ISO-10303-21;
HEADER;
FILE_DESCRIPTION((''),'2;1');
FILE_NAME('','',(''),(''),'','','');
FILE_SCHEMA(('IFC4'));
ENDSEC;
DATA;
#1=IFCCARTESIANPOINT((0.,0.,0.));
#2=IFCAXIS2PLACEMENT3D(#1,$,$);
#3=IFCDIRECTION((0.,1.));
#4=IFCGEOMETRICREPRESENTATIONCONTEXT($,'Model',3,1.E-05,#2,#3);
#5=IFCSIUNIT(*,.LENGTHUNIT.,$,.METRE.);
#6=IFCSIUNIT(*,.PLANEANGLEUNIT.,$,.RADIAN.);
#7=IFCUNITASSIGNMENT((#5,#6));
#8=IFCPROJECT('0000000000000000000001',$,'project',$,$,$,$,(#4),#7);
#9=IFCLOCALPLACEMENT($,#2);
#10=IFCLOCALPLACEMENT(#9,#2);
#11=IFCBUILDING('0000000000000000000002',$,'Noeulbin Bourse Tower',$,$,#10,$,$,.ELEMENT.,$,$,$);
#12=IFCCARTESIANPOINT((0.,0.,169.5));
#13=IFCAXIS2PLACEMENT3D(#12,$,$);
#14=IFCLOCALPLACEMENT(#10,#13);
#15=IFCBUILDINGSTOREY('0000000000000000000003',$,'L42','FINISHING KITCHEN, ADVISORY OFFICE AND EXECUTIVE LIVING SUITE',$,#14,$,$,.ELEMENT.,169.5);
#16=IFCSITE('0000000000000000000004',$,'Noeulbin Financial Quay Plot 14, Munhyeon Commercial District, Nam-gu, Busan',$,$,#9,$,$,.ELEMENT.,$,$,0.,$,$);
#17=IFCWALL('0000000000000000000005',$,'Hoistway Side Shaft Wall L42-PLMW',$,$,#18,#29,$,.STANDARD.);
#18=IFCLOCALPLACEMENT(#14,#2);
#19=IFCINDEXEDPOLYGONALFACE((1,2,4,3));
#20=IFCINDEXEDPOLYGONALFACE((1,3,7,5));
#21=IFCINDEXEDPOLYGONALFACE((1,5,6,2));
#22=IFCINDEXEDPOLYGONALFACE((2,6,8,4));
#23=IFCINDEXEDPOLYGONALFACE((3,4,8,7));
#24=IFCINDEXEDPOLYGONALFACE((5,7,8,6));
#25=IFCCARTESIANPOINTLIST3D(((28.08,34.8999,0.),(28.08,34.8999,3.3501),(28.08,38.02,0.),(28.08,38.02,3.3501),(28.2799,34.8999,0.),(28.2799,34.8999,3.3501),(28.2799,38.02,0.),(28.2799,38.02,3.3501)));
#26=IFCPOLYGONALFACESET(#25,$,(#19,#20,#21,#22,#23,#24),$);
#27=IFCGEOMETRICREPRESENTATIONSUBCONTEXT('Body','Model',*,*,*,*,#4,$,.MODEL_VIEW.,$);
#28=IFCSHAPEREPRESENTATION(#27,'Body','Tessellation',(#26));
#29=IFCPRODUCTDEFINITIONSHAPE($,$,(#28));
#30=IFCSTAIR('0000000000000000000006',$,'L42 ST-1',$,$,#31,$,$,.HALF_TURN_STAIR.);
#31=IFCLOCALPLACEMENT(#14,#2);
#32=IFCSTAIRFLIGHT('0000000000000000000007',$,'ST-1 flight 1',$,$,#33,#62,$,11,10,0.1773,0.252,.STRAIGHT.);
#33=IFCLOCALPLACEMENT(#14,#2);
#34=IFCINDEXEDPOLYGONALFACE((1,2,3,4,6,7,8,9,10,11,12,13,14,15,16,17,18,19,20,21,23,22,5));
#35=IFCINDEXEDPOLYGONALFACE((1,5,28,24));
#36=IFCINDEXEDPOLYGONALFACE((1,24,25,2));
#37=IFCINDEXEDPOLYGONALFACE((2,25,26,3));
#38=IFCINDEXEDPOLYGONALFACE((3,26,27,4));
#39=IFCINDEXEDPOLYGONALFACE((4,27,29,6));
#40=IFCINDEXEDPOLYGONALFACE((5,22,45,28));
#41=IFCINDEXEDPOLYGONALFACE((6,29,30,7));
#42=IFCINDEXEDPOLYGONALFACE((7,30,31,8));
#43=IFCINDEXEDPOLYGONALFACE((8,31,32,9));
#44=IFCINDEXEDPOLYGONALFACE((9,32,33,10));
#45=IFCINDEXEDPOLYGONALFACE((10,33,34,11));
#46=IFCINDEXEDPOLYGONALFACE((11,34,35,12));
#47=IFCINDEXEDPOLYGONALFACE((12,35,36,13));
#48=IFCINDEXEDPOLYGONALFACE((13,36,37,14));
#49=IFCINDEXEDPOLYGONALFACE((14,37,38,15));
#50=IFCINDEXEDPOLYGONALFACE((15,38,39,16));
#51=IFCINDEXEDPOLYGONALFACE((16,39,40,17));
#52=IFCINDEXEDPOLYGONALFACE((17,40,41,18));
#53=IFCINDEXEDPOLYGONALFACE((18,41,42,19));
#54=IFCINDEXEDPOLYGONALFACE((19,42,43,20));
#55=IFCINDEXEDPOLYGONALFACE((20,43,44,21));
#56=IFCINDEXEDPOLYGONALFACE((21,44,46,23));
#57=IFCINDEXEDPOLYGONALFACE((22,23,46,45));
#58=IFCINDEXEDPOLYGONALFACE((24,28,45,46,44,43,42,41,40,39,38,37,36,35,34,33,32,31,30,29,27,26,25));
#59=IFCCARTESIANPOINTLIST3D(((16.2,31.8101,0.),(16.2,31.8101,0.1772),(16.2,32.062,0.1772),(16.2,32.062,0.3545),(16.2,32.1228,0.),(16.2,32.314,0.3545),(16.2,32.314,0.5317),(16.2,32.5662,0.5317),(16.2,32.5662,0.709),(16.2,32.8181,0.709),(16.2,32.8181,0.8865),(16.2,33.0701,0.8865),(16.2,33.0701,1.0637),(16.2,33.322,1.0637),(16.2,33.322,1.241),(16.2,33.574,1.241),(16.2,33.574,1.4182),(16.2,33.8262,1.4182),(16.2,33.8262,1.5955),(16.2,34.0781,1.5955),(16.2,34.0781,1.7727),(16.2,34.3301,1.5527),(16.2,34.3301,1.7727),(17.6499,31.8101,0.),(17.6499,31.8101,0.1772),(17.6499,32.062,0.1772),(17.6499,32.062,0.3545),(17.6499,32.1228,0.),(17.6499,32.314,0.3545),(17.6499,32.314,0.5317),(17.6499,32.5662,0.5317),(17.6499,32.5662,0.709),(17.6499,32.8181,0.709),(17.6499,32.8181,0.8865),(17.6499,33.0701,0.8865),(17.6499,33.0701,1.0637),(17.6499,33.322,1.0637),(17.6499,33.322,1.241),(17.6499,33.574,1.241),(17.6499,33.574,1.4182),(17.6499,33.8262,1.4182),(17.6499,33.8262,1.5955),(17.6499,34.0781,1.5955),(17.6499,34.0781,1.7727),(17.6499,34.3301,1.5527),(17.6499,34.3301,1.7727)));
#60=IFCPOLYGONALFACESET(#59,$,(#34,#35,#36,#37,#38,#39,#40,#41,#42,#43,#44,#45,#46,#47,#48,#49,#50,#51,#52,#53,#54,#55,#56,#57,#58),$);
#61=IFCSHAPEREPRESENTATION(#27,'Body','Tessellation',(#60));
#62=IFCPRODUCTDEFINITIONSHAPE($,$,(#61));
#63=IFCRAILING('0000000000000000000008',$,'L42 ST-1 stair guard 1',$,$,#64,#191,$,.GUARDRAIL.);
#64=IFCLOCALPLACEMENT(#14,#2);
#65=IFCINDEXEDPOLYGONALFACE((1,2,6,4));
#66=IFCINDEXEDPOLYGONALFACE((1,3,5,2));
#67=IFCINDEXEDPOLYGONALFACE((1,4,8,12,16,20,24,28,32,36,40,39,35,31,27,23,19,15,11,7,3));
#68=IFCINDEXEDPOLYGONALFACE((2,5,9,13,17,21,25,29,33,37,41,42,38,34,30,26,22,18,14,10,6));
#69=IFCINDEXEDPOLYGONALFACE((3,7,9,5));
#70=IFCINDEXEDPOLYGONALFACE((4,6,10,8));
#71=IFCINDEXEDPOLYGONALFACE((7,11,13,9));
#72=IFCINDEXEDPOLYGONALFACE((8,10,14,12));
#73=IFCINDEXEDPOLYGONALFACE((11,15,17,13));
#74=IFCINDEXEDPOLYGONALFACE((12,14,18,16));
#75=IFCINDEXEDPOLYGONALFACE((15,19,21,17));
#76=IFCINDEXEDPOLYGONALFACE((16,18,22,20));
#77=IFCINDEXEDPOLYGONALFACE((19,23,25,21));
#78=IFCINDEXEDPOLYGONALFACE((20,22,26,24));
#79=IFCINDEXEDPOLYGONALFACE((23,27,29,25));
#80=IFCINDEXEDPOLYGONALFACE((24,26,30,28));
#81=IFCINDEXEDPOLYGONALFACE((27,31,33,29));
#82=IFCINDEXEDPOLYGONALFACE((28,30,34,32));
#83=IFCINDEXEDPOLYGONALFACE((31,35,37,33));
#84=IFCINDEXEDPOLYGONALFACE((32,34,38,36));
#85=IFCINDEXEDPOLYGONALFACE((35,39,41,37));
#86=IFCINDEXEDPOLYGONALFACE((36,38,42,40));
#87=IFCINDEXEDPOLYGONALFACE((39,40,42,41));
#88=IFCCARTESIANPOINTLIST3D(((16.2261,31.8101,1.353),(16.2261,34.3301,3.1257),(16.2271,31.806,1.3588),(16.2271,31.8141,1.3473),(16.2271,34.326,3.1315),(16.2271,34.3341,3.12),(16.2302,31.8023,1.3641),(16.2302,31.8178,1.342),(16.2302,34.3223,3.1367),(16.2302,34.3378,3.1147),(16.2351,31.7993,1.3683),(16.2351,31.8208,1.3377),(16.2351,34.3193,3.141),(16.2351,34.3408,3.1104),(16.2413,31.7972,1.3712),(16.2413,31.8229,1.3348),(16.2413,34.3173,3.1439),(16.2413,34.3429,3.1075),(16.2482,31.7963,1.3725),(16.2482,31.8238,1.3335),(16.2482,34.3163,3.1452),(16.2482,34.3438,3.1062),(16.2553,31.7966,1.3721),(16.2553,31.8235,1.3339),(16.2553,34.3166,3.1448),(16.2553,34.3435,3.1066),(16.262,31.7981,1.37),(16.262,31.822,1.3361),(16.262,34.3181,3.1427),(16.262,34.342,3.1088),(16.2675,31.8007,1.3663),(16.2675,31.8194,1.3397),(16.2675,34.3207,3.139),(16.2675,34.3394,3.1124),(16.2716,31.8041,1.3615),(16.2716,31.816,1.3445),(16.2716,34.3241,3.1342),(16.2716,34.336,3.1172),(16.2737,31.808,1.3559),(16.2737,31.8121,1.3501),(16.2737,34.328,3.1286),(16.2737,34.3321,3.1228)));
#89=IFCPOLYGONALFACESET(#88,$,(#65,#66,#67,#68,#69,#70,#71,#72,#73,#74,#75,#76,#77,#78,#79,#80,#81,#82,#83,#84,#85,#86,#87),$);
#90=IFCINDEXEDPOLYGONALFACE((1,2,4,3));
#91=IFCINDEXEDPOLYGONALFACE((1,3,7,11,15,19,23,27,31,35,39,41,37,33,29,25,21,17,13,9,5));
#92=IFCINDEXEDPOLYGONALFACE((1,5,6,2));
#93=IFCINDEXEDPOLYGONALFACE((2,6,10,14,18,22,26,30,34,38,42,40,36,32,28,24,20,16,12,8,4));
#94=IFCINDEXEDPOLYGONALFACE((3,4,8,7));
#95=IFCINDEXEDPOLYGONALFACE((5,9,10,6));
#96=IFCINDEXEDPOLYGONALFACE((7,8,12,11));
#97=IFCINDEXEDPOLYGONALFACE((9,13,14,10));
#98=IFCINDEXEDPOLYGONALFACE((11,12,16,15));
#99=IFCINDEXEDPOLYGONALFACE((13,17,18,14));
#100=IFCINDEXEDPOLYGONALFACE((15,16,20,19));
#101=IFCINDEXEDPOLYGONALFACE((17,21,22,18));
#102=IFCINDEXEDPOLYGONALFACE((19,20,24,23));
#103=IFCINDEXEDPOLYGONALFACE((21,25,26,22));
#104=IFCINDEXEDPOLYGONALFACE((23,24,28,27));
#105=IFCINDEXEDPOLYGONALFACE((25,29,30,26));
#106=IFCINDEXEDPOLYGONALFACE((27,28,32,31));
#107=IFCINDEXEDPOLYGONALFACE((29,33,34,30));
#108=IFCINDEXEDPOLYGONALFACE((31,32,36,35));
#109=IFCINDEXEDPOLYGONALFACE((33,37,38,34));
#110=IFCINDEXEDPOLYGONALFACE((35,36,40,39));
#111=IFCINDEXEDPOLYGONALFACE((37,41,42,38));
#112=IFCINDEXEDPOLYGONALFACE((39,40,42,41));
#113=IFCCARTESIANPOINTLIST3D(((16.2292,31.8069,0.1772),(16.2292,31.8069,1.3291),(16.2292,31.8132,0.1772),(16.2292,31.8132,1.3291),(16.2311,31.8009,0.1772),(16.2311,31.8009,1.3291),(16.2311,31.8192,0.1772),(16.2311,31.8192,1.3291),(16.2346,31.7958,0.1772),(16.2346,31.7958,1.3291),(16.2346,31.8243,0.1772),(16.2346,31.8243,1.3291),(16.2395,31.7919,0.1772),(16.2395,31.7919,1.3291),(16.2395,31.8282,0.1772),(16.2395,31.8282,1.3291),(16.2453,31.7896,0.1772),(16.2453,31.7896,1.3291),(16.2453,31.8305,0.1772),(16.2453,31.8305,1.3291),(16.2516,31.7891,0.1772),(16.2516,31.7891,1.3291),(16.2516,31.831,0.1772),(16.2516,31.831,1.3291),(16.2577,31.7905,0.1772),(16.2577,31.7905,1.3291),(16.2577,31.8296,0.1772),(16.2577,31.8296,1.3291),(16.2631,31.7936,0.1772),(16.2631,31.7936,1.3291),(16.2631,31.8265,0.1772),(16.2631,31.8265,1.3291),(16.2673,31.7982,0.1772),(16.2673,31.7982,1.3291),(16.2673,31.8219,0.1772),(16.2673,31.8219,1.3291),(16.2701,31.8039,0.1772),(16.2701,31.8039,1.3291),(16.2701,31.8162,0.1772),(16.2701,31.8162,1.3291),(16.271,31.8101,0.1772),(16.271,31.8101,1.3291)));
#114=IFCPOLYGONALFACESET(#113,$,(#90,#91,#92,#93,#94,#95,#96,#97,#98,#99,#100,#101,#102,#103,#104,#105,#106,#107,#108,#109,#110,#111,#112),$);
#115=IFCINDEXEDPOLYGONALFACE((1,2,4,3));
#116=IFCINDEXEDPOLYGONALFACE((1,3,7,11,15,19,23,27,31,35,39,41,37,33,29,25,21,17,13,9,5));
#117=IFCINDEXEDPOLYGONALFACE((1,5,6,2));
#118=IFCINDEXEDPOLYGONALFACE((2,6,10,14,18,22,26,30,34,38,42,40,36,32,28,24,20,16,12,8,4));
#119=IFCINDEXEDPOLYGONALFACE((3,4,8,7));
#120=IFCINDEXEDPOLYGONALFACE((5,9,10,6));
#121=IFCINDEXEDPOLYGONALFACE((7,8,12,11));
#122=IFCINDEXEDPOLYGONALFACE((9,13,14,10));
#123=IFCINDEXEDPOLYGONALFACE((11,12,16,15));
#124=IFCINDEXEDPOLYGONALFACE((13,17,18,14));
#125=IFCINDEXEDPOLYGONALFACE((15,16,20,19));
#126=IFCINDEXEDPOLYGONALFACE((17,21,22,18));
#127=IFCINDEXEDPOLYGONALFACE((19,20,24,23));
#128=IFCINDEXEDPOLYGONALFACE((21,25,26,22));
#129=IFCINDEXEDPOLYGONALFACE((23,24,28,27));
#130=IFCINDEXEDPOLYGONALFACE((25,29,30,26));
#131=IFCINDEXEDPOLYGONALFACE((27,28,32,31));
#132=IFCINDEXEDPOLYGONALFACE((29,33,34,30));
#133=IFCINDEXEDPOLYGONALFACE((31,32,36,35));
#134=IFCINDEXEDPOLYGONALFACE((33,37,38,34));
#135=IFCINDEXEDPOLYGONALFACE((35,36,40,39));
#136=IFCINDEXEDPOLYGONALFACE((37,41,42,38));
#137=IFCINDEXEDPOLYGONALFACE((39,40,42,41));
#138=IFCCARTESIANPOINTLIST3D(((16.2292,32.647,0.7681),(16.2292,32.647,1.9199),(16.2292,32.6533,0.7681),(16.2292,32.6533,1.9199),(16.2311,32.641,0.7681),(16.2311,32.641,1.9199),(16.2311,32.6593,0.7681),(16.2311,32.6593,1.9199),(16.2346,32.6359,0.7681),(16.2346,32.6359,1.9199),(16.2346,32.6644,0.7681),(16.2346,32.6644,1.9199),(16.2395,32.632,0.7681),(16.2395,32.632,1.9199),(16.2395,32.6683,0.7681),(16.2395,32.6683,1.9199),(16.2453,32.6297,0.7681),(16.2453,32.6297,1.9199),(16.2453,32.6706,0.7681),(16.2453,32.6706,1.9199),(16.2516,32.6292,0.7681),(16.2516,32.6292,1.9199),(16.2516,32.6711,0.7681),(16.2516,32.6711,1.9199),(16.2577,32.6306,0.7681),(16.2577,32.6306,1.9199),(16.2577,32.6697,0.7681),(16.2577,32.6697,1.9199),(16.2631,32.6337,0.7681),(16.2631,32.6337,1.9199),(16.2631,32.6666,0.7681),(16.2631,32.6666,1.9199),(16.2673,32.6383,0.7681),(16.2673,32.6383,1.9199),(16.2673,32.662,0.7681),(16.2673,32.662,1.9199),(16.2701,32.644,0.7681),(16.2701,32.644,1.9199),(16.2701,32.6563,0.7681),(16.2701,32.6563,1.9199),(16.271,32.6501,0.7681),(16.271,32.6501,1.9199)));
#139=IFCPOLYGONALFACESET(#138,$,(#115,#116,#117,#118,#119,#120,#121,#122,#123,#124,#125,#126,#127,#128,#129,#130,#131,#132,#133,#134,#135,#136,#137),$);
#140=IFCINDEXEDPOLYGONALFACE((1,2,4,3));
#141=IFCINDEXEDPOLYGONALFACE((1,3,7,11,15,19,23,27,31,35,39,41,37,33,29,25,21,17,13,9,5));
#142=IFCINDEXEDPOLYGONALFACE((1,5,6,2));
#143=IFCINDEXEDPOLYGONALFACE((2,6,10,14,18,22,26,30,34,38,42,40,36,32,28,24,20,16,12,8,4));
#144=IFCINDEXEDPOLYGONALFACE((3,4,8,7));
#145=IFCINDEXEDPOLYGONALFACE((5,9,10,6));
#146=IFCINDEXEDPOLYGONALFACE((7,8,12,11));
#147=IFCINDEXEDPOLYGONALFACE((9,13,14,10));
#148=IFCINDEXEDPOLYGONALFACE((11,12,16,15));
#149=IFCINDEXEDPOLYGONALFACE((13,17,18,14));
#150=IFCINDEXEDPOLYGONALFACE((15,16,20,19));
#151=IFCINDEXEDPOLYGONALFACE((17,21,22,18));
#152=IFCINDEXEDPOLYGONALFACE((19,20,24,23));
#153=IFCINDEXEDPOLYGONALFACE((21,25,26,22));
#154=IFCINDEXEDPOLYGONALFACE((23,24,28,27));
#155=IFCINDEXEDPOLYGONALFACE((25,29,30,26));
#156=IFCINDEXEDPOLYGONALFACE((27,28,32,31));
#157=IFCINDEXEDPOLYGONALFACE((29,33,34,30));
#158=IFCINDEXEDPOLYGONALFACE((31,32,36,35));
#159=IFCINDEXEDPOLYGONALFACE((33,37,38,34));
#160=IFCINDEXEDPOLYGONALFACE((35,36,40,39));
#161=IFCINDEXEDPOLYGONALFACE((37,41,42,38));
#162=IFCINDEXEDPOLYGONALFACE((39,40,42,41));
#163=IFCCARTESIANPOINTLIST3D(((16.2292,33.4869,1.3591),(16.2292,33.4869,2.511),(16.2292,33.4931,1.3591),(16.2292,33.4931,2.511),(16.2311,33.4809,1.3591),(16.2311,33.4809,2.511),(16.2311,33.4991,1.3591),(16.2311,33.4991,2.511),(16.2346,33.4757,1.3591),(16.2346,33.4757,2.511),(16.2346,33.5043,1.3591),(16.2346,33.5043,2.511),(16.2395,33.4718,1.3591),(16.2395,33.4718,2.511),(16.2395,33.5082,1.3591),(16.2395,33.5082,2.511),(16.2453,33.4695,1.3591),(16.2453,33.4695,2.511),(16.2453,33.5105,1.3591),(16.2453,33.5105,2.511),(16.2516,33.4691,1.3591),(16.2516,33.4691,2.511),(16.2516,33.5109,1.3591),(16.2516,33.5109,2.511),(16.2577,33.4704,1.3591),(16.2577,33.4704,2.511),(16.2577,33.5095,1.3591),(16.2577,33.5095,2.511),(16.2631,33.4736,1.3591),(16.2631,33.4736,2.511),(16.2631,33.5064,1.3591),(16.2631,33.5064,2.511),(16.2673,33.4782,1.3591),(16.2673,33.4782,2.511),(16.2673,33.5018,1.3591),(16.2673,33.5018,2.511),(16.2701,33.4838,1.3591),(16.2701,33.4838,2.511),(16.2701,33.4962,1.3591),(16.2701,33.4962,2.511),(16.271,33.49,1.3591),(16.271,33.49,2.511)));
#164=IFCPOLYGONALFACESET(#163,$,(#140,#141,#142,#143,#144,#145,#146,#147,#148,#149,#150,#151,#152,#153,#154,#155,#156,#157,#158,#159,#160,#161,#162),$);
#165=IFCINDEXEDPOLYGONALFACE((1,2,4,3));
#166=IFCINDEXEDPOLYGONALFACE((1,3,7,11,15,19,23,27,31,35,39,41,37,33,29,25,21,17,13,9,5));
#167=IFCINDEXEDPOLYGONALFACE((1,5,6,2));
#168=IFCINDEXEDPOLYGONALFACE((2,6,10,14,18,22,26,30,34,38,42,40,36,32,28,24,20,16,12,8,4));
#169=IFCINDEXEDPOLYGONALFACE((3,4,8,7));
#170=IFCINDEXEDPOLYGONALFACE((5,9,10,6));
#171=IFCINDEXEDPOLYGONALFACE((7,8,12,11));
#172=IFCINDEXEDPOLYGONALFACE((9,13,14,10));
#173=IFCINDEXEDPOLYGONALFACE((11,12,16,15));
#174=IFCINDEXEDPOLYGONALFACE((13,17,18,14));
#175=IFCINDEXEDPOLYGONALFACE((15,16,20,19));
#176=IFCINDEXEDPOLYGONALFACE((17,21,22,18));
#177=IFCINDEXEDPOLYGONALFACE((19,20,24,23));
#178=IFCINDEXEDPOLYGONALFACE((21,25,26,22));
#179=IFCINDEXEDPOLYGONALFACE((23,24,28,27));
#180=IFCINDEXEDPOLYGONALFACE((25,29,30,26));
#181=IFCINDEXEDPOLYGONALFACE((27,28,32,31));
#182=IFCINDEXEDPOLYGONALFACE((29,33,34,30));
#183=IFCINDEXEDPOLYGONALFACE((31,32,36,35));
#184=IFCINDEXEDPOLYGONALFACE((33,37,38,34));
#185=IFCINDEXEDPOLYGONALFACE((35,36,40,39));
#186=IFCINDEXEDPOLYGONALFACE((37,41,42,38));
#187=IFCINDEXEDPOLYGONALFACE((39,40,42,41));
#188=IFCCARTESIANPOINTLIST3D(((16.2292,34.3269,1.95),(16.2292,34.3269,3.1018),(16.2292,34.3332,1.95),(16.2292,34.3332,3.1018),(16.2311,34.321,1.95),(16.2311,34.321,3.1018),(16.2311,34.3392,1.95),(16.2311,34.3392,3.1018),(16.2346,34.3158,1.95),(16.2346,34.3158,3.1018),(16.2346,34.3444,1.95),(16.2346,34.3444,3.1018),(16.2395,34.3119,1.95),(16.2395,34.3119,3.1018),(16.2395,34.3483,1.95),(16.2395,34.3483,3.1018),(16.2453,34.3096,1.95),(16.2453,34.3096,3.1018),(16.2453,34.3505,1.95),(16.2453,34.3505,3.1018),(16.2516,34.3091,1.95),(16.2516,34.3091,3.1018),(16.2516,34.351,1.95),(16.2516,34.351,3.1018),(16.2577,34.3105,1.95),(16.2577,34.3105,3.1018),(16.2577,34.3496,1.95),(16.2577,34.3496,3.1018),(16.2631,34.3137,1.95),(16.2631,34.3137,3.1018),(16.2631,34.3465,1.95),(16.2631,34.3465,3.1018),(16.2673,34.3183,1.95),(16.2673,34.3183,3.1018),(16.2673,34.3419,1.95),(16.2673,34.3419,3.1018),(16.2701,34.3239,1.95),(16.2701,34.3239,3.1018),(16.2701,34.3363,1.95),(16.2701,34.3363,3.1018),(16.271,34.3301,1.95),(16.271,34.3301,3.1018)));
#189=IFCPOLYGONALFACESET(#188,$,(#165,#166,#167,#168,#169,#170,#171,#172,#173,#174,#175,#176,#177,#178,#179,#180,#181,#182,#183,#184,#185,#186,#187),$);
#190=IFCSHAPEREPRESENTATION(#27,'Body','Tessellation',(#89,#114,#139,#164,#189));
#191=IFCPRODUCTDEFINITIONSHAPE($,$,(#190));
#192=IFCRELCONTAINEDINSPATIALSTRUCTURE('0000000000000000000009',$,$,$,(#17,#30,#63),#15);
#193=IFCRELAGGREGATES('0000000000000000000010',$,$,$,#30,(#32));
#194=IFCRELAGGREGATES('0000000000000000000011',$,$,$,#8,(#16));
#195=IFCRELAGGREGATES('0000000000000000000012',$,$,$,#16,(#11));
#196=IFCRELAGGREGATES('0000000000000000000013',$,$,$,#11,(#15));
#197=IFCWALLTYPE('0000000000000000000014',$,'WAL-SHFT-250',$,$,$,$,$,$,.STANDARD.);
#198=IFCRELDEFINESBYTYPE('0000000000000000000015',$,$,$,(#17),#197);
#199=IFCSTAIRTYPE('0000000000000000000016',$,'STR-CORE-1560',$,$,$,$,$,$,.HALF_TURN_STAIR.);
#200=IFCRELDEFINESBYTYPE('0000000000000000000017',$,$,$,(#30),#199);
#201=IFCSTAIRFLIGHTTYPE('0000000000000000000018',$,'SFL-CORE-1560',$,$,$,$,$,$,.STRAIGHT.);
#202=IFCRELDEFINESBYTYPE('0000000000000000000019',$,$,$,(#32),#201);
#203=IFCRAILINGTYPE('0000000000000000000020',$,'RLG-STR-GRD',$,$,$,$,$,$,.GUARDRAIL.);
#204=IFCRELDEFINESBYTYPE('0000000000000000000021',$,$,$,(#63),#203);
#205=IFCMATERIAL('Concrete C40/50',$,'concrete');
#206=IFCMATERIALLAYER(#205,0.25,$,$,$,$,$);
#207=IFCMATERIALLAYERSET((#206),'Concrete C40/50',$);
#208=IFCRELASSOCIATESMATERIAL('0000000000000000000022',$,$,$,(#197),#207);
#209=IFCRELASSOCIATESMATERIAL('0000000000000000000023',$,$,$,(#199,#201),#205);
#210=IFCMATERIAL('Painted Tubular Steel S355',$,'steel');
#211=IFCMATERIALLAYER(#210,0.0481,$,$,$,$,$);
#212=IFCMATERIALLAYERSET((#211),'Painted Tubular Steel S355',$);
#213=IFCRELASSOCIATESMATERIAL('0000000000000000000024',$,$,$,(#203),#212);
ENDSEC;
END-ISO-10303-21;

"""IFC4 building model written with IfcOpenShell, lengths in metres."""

from ifc_helpers import new_model, si_unit, direction, frame, frame_2d, origin, origin_2d, place, context, subcontext, project, spatial, polyline, rectangle, circle, outline, extrude, material, layer, layer_set, type_object, element, aggregate, save


model = new_model("IFC4")

# Units and contexts
model_context = context("Model", 3, precision=1e-05, world=origin(), true_north=direction((0.0, 1.0)))
body_context = subcontext(model_context, "Body", "Model", "MODEL_VIEW")
ifc_project = project(units=[si_unit("LENGTHUNIT", "METRE"), si_unit("PLANEANGLEUNIT", "RADIAN")], contexts=[model_context])

# Site, building, storey
site_placement = place(None, origin())
site = spatial("IfcSite", under=ifc_project, at=site_placement, Name="Noeulbin Financial Quay Plot 14, Munhyeon Commercial District, Nam-gu, Busan", CompositionType="ELEMENT", RefElevation=0.0)
building_placement = place(site_placement, origin())
building = spatial("IfcBuilding", under=site, at=building_placement, Name="Noeulbin Bourse Tower", CompositionType="ELEMENT")
storey_placement = place(building_placement, frame((0.0, 0.0, 169.5)))
storey = spatial("IfcBuildingStorey", under=building, at=storey_placement, Name="L42", Description="FINISHING KITCHEN, ADVISORY OFFICE AND EXECUTIVE LIVING SUITE", CompositionType="ELEMENT", Elevation=169.5)

# Shared definitions
ifc_material_1 = material(Name="Concrete C40/50", Category="concrete")

# Shared definitions
ifc_layer_1 = layer(ifc_material_1, 0.25)
ifc_layer_set_1 = layer_set([ifc_layer_1], Name="Concrete C40/50")
wall_type_1 = type_object("IfcWallType", Name="WAL-SHFT-250", PredefinedType="STANDARD", material=ifc_layer_set_1)

# Wall
wall_1_placement = place(storey_placement, frame((28.1799, 34.8999, 0.0), z_axis=(0.0, 0.0, 1.0), x_axis=(0.0, 1.0, 0.0)))
element("IfcWall", 1, at=wall_1_placement, inside=storey, type_object=wall_type_1, Name="Hoistway Side Shaft Wall L42-PLMW", PredefinedType="STANDARD", context=body_context, shape_type="SweptSolid", body=[
    extrude(rectangle(XDim=3.1201, YDim=0.2, at=frame_2d((1.5601, 0.0))), origin(), (0.0, 0.0, 1.0), 3.3501),
])

# Stair, stair flight
stair_type = type_object("IfcStairType", Name="STR-CORE-1560", PredefinedType="HALF_TURN_STAIR", material=ifc_material_1)
stair_placement = place(storey_placement, origin())
stair = element("IfcStair", 2, at=stair_placement, inside=storey, type_object=stair_type, Name="L42 ST-1", PredefinedType="HALF_TURN_STAIR")
stair_flight_type = type_object("IfcStairFlightType", Name="SFL-CORE-1560", PredefinedType="STRAIGHT", material=ifc_material_1)
stair_flight_placement = place(storey_placement, frame((16.925, 31.8101, 0.0), z_axis=(0.0, 0.0, 1.0), x_axis=(0.0, 1.0, 0.0)))
stair_flight = element("IfcStairFlight", 3, at=stair_flight_placement, type_object=stair_flight_type, Name="ST-1 flight 1", NumberOfRisers=11, NumberOfTreads=10, PredefinedType="STRAIGHT", RiserHeight=0.1773, TreadLength=0.252, context=body_context, shape_type="SweptSolid", body=[
    extrude(outline(polyline([(0.0, 0.0), (0.0, 0.1772), (0.252, 0.1772), (0.252, 0.3545), (0.5039, 0.3545), (0.5039, 0.5317), (0.7561, 0.5317), (0.7561, 0.709), (1.0081, 0.709), (1.0081, 0.8865), (1.26, 0.8865), (1.26, 1.0637), (1.512, 1.0637), (1.512, 1.241), (1.7639, 1.241), (1.7639, 1.4182), (2.0161, 1.4182), (2.0161, 1.5955), (2.2681, 1.5955), (2.2681, 1.7727), (2.52, 1.7727), (2.52, 1.95), (2.52, 1.5527), (0.3127, 0.0), (0.0, 0.0)])), frame((0.0, 0.7251, 0.0), z_axis=(0.0, -1.0, 0.0), x_axis=(1.0, 0.0, 0.0)), (0.0, 0.0, 1.0), 1.45),
])
aggregate(stair, [stair_flight])

# Railing
ifc_material_2 = material(Name="Painted Tubular Steel S355", Category="steel")
ifc_layer_2 = layer(ifc_material_2, 0.0481)
ifc_layer_set_2 = layer_set([ifc_layer_2], Name="Painted Tubular Steel S355")
railing_type_1 = type_object("IfcRailingType", Name="RLG-STR-GRD", PredefinedType="GUARDRAIL", material=ifc_layer_set_2)
railing_1_placement = place(storey_placement, frame((16.25, 31.8101, 0.1772)))
element("IfcRailing", 4, at=railing_1_placement, inside=storey, type_object=railing_type_1, Name="L42 ST-1 stair guard 1", PredefinedType="GUARDRAIL", context=body_context, shape_type="SweptSolid", body=[
    extrude(circle(Radius=0.0239, at=origin_2d()), frame((0.0, 0.0, 1.1758), z_axis=(0.0, 0.817904, 0.575354), x_axis=(-1.0, 0.0, 0.0)), (0.0, 0.0, 1.0), 3.0811),
    extrude(circle(Radius=0.021, at=origin_2d()), origin(), (0.0, 0.0, 1.0), 1.1519),
    extrude(circle(Radius=0.021, at=origin_2d()), frame((0.0, 0.8401, 0.5908)), (0.0, 0.0, 1.0), 1.1519),
    extrude(circle(Radius=0.021, at=origin_2d()), frame((0.0, 1.6799, 1.1819)), (0.0, 0.0, 1.0), 1.1519),
    extrude(circle(Radius=0.021, at=origin_2d()), frame((0.0, 2.52, 1.7727)), (0.0, 0.0, 1.0), 1.1519),
])

save(model, "model.ifc")
